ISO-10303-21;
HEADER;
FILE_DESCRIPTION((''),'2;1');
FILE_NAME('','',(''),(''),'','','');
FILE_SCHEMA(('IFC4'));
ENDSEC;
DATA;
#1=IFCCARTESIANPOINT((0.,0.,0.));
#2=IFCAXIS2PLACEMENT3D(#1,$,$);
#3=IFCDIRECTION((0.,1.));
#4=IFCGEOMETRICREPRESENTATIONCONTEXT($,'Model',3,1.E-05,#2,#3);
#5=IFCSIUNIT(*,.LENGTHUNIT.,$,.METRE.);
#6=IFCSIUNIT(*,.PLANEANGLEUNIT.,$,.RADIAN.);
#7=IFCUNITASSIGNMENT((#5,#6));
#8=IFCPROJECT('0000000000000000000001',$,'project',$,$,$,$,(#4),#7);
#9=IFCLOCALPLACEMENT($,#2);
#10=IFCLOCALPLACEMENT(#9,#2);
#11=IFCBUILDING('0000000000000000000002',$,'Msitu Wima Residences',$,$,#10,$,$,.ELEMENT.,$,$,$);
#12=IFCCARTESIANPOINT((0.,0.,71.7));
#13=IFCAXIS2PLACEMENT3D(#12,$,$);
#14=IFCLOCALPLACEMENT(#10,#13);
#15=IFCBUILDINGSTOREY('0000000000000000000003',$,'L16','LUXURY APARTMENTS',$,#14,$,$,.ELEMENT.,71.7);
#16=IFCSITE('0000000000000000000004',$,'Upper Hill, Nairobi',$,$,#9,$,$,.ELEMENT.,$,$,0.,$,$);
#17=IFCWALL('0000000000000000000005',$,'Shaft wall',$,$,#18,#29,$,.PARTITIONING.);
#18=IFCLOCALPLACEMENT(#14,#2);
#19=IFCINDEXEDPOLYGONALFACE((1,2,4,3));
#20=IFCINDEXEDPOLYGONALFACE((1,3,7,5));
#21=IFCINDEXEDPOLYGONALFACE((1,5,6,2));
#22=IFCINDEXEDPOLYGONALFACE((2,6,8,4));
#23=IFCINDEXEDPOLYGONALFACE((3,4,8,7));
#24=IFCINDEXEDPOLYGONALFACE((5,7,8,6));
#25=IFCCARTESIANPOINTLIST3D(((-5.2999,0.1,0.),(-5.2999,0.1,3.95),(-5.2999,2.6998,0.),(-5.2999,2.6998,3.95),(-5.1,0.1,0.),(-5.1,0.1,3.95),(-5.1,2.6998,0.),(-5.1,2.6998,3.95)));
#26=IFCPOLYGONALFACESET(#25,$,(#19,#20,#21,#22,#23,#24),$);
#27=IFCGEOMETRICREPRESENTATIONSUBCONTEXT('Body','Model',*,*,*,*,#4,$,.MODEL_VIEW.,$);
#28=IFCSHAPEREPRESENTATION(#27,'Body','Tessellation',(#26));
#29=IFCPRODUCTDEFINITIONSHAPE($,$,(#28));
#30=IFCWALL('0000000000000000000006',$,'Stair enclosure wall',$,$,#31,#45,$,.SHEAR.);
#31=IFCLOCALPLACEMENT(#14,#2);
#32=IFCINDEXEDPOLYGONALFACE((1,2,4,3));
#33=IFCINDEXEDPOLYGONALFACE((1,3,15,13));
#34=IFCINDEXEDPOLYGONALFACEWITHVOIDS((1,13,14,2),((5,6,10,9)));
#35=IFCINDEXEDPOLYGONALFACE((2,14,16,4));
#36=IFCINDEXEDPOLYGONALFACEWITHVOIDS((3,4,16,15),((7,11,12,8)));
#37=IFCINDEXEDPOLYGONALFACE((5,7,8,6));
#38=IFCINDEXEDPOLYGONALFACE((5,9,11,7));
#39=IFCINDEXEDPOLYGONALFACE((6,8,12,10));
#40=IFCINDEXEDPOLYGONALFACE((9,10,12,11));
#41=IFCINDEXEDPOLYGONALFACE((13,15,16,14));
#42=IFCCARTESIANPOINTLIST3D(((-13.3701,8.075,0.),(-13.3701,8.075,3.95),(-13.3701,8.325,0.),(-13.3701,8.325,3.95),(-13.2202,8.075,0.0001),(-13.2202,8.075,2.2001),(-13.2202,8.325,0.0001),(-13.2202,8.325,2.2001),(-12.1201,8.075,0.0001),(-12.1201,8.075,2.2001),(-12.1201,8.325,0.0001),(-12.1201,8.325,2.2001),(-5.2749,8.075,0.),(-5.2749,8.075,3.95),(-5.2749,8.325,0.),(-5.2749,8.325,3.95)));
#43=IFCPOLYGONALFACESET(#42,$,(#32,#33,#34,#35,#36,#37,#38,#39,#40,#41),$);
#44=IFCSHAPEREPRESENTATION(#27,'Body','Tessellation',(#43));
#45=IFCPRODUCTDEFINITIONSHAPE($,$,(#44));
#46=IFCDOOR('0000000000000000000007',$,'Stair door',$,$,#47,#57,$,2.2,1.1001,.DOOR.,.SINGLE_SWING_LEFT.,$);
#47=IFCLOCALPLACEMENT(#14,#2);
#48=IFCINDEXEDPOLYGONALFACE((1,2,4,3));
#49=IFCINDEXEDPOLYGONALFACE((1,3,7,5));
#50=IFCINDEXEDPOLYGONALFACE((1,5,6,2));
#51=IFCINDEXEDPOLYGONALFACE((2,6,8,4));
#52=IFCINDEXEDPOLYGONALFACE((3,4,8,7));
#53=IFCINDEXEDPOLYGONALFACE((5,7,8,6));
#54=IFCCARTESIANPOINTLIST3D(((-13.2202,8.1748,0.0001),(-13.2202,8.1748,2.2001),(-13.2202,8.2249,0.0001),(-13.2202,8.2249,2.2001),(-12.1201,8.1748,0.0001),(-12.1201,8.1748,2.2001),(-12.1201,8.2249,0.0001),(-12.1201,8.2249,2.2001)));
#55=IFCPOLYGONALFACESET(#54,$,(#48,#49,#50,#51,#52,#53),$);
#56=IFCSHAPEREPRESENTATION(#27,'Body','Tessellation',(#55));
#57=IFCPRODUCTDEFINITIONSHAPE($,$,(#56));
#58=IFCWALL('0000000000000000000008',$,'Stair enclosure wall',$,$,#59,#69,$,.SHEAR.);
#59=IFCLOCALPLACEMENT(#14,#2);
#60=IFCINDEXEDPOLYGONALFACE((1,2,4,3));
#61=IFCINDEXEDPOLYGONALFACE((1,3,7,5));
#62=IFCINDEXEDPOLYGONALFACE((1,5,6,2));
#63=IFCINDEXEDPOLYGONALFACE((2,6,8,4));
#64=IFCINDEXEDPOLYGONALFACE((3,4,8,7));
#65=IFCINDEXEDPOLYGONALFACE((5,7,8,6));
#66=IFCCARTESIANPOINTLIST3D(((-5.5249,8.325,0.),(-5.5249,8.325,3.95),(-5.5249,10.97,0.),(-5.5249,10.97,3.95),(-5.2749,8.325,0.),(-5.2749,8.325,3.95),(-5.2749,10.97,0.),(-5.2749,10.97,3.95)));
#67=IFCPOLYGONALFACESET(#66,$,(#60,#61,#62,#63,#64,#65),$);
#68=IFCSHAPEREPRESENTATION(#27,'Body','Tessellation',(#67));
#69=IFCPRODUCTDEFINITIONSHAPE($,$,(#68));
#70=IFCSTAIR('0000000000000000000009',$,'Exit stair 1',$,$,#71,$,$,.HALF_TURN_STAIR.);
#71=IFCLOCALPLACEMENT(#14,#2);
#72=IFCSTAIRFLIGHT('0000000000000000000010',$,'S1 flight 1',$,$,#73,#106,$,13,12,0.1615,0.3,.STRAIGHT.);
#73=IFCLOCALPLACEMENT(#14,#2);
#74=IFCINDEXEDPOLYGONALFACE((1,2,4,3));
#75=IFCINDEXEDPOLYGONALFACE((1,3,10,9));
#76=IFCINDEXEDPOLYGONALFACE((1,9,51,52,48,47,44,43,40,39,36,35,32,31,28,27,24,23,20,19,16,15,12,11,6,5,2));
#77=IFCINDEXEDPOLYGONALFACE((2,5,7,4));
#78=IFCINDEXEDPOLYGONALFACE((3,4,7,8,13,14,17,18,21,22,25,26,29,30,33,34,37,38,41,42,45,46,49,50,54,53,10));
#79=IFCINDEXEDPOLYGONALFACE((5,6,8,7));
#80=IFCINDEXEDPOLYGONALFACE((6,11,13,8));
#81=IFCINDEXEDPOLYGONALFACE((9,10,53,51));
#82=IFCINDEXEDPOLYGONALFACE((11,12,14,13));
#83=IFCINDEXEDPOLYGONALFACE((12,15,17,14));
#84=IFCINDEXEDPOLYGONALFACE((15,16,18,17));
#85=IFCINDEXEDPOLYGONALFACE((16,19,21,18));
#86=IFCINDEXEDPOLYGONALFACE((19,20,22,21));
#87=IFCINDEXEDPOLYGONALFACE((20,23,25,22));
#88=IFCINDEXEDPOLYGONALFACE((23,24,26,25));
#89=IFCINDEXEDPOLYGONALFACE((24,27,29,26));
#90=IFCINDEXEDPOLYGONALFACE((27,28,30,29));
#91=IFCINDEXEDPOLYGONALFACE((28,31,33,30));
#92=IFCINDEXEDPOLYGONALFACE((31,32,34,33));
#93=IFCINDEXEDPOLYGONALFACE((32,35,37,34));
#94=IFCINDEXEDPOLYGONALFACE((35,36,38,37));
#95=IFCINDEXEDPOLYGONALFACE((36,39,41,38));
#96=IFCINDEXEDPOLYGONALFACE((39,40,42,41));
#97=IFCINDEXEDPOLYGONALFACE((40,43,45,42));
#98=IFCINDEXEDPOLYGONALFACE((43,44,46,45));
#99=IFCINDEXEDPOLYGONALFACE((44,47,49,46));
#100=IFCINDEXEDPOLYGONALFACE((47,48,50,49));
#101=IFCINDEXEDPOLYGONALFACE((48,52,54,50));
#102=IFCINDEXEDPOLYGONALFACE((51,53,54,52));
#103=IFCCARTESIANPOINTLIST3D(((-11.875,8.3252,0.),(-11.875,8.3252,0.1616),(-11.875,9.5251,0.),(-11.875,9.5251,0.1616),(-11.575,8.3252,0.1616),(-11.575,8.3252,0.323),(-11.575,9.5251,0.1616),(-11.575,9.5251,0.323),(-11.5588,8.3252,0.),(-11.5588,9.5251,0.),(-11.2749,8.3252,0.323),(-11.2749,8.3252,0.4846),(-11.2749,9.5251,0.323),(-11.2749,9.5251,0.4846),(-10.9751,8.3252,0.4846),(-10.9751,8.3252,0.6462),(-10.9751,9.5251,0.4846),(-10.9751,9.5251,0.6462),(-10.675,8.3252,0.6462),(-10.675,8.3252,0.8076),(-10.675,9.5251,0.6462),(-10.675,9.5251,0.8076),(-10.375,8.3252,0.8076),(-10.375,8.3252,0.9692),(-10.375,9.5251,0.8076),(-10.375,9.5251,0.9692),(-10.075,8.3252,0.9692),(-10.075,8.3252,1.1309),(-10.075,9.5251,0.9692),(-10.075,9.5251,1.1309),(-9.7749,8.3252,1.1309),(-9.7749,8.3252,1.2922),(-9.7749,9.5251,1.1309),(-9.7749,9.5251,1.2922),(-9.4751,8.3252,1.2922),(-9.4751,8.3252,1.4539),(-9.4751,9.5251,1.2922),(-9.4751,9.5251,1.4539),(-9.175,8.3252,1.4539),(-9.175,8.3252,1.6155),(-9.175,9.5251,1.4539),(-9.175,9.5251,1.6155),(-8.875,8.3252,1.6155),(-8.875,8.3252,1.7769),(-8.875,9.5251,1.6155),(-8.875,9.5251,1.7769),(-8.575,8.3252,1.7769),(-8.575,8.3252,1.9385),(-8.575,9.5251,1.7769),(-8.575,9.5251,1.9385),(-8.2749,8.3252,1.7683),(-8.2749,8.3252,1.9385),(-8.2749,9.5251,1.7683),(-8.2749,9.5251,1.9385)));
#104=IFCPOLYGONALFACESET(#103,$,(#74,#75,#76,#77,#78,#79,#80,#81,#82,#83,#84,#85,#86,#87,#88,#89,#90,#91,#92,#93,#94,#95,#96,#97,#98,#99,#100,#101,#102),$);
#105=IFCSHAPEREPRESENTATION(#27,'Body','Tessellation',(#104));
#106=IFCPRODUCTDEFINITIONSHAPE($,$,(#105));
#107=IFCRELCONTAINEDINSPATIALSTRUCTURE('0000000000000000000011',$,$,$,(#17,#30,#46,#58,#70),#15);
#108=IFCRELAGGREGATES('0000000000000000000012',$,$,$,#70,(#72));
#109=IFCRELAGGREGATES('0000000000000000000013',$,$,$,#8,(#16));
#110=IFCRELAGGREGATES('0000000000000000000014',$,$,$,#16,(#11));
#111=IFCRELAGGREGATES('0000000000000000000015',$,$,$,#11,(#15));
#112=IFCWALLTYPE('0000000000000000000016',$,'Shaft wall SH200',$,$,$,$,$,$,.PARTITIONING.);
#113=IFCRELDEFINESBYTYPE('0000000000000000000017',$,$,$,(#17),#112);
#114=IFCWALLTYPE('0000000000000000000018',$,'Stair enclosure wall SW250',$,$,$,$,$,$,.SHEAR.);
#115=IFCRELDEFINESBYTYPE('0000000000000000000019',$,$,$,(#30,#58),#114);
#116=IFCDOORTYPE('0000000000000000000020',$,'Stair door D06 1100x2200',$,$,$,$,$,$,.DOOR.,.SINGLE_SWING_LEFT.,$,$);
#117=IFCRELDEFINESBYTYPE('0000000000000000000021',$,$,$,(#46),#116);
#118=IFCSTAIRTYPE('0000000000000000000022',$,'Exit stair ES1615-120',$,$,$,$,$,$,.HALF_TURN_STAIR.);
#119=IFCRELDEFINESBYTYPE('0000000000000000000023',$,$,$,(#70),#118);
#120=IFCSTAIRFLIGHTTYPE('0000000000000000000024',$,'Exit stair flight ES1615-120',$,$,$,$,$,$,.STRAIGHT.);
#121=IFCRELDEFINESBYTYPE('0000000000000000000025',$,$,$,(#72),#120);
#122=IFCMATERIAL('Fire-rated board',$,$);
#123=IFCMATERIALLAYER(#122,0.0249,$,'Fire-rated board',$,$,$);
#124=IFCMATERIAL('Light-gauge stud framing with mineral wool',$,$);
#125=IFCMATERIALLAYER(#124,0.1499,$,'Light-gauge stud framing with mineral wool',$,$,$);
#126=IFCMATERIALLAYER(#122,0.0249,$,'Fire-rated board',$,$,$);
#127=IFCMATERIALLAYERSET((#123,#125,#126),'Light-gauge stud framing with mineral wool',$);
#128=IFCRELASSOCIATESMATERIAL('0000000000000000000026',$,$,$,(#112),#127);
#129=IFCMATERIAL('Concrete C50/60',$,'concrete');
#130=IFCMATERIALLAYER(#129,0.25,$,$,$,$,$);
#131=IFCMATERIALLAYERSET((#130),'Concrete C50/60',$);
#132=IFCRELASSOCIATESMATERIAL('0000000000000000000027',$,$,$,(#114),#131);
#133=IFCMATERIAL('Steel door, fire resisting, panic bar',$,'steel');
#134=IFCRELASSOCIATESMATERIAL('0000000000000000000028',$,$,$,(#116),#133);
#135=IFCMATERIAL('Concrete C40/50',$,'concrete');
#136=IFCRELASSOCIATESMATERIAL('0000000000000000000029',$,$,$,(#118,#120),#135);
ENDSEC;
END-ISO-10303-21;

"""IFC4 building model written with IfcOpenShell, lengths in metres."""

from ifc_helpers import new_model, si_unit, direction, frame, frame_2d, origin, place, context, subcontext, project, spatial, polyline, rectangle, outline, extrude, material, layer, layer_set, type_object, element, fill, aggregate, save


model = new_model("IFC4")

# Units and contexts
model_context = context("Model", 3, precision=1e-05, world=origin(), true_north=direction((0.0, 1.0)))
body_context = subcontext(model_context, "Body", "Model", "MODEL_VIEW")
ifc_project = project(units=[si_unit("LENGTHUNIT", "METRE"), si_unit("PLANEANGLEUNIT", "RADIAN")], contexts=[model_context])

# Site, building, storey
site_placement = place(None, origin())
site = spatial("IfcSite", under=ifc_project, at=site_placement, Name="Upper Hill, Nairobi", CompositionType="ELEMENT", RefElevation=0.0)
building_placement = place(site_placement, origin())
building = spatial("IfcBuilding", under=site, at=building_placement, Name="Msitu Wima Residences", CompositionType="ELEMENT")
storey_placement = place(building_placement, frame((0.0, 0.0, 71.7)))
storey = spatial("IfcBuildingStorey", under=building, at=storey_placement, Name="L16", Description="LUXURY APARTMENTS", CompositionType="ELEMENT", Elevation=71.7)

# Shared definitions
ifc_material_1 = material(Name="Concrete C40/50", Category="concrete")

# Shared definitions
ifc_material_2 = material(Name="Fire-rated board")
ifc_layer_1 = layer(ifc_material_2, 0.0249, Name="Fire-rated board")
ifc_material_3 = material(Name="Light-gauge stud framing with mineral wool")
ifc_layer_2 = layer(ifc_material_3, 0.1499, Name="Light-gauge stud framing with mineral wool")
ifc_layer_3 = layer(ifc_material_2, 0.0249, Name="Fire-rated board")
ifc_layer_set_1 = layer_set([ifc_layer_1, ifc_layer_2, ifc_layer_3], Name="Light-gauge stud framing with mineral wool")
wall_type_1 = type_object("IfcWallType", Name="Shaft wall SH200", PredefinedType="PARTITIONING", material=ifc_layer_set_1)

# Wall
wall_1_placement = place(storey_placement, frame((-5.2, 0.1001, 0.0), z_axis=(0.0, 0.0, 1.0), x_axis=(0.0, 1.0, 0.0)))
element("IfcWall", 1, at=wall_1_placement, inside=storey, type_object=wall_type_1, Name="Shaft wall", PredefinedType="PARTITIONING", context=body_context, shape_type="SweptSolid", body=[
    extrude(rectangle(XDim=2.5999, YDim=0.2, at=frame_2d((1.2998, 0.0))), origin(), (0.0, 0.0, 1.0), 3.95),
])

# Wall, opening, door
ifc_material_4 = material(Name="Concrete C50/60", Category="concrete")
ifc_layer_4 = layer(ifc_material_4, 0.25)
ifc_layer_set_2 = layer_set([ifc_layer_4], Name="Concrete C50/60")
wall_type_2 = type_object("IfcWallType", Name="Stair enclosure wall SW250", PredefinedType="SHEAR", material=ifc_layer_set_2)
wall_2_placement = place(storey_placement, frame((-13.3701, 8.2, 0.0), z_axis=(0.0, 0.0, 1.0), x_axis=(1.0, 0.0, 0.0)))
wall_2 = element("IfcWall", 2, at=wall_2_placement, inside=storey, type_object=wall_type_2, Name="Stair enclosure wall", PredefinedType="SHEAR", context=body_context, shape_type="SweptSolid", body=[
    extrude(rectangle(XDim=8.0952, YDim=0.25, at=frame_2d((4.0476, 0.0))), origin(), (0.0, 0.0, 1.0), 3.95),
])
opening_1_placement = place(wall_2_placement, frame((0.1499, 0.0, 0.0)))
opening_1 = element("IfcOpeningElement", 3, at=opening_1_placement, cuts=wall_2, PredefinedType="OPENING", context=body_context, shape_type="SweptSolid", body=[
    extrude(rectangle(XDim=1.1001, YDim=2.2, at=frame_2d((0.55, 1.1001))), frame((0.0, 0.135, 0.0), z_axis=(0.0, -1.0, 0.0), x_axis=(1.0, 0.0, 0.0)), (0.0, 0.0, 1.0), 0.27),
])
ifc_material_5 = material(Name="Steel door, fire resisting, panic bar", Category="steel")
door_type_1 = type_object("IfcDoorType", Name="Stair door D06 1100x2200", OperationType="SINGLE_SWING_LEFT", PredefinedType="DOOR", material=ifc_material_5)
door_1_placement = place(opening_1_placement, origin())
door_1 = element("IfcDoor", 4, at=door_1_placement, inside=storey, type_object=door_type_1, Name="Stair door", OperationType="SINGLE_SWING_LEFT", OverallHeight=2.2, OverallWidth=1.1001, PredefinedType="DOOR", context=body_context, shape_type="SweptSolid", body=[
    extrude(rectangle(XDim=1.1001, YDim=2.2, at=frame_2d((0.55, 1.1001))), frame((0.0, 0.0249, 0.0), z_axis=(0.0, -1.0, 0.0), x_axis=(1.0, 0.0, 0.0)), (0.0, 0.0, 1.0), 0.05),
])
fill(opening_1, door_1)

# Wall
wall_3_placement = place(storey_placement, frame((-5.3999, 8.325, 0.0), z_axis=(0.0, 0.0, 1.0), x_axis=(0.0, 1.0, 0.0)))
element("IfcWall", 5, at=wall_3_placement, inside=storey, type_object=wall_type_2, Name="Stair enclosure wall", PredefinedType="SHEAR", context=body_context, shape_type="SweptSolid", body=[
    extrude(rectangle(XDim=2.645, YDim=0.25, at=frame_2d((1.3225, 0.0))), origin(), (0.0, 0.0, 1.0), 3.95),
])

# Stair, stair flight
stair_type = type_object("IfcStairType", Name="Exit stair ES1615-120", PredefinedType="HALF_TURN_STAIR", material=ifc_material_1)
stair_placement = place(storey_placement, origin())
stair = element("IfcStair", 6, at=stair_placement, inside=storey, type_object=stair_type, Name="Exit stair 1", PredefinedType="HALF_TURN_STAIR")
stair_flight_type = type_object("IfcStairFlightType", Name="Exit stair flight ES1615-120", PredefinedType="STRAIGHT", material=ifc_material_1)
stair_flight_placement = place(storey_placement, frame((-11.875, 8.925, 0.0), z_axis=(0.0, 0.0, 1.0), x_axis=(1.0, 0.0, 0.0)))
stair_flight = element("IfcStairFlight", 7, at=stair_flight_placement, type_object=stair_flight_type, Name="S1 flight 1", NumberOfRisers=13, NumberOfTreads=12, PredefinedType="STRAIGHT", RiserHeight=0.1615, TreadLength=0.3, context=body_context, shape_type="SweptSolid", body=[
    extrude(outline(polyline([(0.0, 0.0), (0.0, 0.1616), (0.3, 0.1616), (0.3, 0.323), (0.6001, 0.323), (0.6001, 0.4846), (0.8999, 0.4846), (0.8999, 0.6462), (1.2, 0.6462), (1.2, 0.8076), (1.5, 0.8076), (1.5, 0.9692), (1.8, 0.9692), (1.8, 1.1309), (2.1001, 1.1309), (2.1001, 1.2922), (2.3999, 1.2922), (2.3999, 1.4539), (2.7, 1.4539), (2.7, 1.6155), (3.0, 1.6155), (3.0, 1.7769), (3.3, 1.7769), (3.3, 1.9385), (3.6001, 1.9385), (3.6001, 2.1001), (3.6001, 1.7683), (0.3162, 0.0), (0.0, 0.0)])), frame((0.0, 0.6001, 0.0), z_axis=(0.0, -1.0, 0.0), x_axis=(1.0, 0.0, 0.0)), (0.0, 0.0, 1.0), 1.2),
])
aggregate(stair, [stair_flight])

save(model, "model.ifc")
